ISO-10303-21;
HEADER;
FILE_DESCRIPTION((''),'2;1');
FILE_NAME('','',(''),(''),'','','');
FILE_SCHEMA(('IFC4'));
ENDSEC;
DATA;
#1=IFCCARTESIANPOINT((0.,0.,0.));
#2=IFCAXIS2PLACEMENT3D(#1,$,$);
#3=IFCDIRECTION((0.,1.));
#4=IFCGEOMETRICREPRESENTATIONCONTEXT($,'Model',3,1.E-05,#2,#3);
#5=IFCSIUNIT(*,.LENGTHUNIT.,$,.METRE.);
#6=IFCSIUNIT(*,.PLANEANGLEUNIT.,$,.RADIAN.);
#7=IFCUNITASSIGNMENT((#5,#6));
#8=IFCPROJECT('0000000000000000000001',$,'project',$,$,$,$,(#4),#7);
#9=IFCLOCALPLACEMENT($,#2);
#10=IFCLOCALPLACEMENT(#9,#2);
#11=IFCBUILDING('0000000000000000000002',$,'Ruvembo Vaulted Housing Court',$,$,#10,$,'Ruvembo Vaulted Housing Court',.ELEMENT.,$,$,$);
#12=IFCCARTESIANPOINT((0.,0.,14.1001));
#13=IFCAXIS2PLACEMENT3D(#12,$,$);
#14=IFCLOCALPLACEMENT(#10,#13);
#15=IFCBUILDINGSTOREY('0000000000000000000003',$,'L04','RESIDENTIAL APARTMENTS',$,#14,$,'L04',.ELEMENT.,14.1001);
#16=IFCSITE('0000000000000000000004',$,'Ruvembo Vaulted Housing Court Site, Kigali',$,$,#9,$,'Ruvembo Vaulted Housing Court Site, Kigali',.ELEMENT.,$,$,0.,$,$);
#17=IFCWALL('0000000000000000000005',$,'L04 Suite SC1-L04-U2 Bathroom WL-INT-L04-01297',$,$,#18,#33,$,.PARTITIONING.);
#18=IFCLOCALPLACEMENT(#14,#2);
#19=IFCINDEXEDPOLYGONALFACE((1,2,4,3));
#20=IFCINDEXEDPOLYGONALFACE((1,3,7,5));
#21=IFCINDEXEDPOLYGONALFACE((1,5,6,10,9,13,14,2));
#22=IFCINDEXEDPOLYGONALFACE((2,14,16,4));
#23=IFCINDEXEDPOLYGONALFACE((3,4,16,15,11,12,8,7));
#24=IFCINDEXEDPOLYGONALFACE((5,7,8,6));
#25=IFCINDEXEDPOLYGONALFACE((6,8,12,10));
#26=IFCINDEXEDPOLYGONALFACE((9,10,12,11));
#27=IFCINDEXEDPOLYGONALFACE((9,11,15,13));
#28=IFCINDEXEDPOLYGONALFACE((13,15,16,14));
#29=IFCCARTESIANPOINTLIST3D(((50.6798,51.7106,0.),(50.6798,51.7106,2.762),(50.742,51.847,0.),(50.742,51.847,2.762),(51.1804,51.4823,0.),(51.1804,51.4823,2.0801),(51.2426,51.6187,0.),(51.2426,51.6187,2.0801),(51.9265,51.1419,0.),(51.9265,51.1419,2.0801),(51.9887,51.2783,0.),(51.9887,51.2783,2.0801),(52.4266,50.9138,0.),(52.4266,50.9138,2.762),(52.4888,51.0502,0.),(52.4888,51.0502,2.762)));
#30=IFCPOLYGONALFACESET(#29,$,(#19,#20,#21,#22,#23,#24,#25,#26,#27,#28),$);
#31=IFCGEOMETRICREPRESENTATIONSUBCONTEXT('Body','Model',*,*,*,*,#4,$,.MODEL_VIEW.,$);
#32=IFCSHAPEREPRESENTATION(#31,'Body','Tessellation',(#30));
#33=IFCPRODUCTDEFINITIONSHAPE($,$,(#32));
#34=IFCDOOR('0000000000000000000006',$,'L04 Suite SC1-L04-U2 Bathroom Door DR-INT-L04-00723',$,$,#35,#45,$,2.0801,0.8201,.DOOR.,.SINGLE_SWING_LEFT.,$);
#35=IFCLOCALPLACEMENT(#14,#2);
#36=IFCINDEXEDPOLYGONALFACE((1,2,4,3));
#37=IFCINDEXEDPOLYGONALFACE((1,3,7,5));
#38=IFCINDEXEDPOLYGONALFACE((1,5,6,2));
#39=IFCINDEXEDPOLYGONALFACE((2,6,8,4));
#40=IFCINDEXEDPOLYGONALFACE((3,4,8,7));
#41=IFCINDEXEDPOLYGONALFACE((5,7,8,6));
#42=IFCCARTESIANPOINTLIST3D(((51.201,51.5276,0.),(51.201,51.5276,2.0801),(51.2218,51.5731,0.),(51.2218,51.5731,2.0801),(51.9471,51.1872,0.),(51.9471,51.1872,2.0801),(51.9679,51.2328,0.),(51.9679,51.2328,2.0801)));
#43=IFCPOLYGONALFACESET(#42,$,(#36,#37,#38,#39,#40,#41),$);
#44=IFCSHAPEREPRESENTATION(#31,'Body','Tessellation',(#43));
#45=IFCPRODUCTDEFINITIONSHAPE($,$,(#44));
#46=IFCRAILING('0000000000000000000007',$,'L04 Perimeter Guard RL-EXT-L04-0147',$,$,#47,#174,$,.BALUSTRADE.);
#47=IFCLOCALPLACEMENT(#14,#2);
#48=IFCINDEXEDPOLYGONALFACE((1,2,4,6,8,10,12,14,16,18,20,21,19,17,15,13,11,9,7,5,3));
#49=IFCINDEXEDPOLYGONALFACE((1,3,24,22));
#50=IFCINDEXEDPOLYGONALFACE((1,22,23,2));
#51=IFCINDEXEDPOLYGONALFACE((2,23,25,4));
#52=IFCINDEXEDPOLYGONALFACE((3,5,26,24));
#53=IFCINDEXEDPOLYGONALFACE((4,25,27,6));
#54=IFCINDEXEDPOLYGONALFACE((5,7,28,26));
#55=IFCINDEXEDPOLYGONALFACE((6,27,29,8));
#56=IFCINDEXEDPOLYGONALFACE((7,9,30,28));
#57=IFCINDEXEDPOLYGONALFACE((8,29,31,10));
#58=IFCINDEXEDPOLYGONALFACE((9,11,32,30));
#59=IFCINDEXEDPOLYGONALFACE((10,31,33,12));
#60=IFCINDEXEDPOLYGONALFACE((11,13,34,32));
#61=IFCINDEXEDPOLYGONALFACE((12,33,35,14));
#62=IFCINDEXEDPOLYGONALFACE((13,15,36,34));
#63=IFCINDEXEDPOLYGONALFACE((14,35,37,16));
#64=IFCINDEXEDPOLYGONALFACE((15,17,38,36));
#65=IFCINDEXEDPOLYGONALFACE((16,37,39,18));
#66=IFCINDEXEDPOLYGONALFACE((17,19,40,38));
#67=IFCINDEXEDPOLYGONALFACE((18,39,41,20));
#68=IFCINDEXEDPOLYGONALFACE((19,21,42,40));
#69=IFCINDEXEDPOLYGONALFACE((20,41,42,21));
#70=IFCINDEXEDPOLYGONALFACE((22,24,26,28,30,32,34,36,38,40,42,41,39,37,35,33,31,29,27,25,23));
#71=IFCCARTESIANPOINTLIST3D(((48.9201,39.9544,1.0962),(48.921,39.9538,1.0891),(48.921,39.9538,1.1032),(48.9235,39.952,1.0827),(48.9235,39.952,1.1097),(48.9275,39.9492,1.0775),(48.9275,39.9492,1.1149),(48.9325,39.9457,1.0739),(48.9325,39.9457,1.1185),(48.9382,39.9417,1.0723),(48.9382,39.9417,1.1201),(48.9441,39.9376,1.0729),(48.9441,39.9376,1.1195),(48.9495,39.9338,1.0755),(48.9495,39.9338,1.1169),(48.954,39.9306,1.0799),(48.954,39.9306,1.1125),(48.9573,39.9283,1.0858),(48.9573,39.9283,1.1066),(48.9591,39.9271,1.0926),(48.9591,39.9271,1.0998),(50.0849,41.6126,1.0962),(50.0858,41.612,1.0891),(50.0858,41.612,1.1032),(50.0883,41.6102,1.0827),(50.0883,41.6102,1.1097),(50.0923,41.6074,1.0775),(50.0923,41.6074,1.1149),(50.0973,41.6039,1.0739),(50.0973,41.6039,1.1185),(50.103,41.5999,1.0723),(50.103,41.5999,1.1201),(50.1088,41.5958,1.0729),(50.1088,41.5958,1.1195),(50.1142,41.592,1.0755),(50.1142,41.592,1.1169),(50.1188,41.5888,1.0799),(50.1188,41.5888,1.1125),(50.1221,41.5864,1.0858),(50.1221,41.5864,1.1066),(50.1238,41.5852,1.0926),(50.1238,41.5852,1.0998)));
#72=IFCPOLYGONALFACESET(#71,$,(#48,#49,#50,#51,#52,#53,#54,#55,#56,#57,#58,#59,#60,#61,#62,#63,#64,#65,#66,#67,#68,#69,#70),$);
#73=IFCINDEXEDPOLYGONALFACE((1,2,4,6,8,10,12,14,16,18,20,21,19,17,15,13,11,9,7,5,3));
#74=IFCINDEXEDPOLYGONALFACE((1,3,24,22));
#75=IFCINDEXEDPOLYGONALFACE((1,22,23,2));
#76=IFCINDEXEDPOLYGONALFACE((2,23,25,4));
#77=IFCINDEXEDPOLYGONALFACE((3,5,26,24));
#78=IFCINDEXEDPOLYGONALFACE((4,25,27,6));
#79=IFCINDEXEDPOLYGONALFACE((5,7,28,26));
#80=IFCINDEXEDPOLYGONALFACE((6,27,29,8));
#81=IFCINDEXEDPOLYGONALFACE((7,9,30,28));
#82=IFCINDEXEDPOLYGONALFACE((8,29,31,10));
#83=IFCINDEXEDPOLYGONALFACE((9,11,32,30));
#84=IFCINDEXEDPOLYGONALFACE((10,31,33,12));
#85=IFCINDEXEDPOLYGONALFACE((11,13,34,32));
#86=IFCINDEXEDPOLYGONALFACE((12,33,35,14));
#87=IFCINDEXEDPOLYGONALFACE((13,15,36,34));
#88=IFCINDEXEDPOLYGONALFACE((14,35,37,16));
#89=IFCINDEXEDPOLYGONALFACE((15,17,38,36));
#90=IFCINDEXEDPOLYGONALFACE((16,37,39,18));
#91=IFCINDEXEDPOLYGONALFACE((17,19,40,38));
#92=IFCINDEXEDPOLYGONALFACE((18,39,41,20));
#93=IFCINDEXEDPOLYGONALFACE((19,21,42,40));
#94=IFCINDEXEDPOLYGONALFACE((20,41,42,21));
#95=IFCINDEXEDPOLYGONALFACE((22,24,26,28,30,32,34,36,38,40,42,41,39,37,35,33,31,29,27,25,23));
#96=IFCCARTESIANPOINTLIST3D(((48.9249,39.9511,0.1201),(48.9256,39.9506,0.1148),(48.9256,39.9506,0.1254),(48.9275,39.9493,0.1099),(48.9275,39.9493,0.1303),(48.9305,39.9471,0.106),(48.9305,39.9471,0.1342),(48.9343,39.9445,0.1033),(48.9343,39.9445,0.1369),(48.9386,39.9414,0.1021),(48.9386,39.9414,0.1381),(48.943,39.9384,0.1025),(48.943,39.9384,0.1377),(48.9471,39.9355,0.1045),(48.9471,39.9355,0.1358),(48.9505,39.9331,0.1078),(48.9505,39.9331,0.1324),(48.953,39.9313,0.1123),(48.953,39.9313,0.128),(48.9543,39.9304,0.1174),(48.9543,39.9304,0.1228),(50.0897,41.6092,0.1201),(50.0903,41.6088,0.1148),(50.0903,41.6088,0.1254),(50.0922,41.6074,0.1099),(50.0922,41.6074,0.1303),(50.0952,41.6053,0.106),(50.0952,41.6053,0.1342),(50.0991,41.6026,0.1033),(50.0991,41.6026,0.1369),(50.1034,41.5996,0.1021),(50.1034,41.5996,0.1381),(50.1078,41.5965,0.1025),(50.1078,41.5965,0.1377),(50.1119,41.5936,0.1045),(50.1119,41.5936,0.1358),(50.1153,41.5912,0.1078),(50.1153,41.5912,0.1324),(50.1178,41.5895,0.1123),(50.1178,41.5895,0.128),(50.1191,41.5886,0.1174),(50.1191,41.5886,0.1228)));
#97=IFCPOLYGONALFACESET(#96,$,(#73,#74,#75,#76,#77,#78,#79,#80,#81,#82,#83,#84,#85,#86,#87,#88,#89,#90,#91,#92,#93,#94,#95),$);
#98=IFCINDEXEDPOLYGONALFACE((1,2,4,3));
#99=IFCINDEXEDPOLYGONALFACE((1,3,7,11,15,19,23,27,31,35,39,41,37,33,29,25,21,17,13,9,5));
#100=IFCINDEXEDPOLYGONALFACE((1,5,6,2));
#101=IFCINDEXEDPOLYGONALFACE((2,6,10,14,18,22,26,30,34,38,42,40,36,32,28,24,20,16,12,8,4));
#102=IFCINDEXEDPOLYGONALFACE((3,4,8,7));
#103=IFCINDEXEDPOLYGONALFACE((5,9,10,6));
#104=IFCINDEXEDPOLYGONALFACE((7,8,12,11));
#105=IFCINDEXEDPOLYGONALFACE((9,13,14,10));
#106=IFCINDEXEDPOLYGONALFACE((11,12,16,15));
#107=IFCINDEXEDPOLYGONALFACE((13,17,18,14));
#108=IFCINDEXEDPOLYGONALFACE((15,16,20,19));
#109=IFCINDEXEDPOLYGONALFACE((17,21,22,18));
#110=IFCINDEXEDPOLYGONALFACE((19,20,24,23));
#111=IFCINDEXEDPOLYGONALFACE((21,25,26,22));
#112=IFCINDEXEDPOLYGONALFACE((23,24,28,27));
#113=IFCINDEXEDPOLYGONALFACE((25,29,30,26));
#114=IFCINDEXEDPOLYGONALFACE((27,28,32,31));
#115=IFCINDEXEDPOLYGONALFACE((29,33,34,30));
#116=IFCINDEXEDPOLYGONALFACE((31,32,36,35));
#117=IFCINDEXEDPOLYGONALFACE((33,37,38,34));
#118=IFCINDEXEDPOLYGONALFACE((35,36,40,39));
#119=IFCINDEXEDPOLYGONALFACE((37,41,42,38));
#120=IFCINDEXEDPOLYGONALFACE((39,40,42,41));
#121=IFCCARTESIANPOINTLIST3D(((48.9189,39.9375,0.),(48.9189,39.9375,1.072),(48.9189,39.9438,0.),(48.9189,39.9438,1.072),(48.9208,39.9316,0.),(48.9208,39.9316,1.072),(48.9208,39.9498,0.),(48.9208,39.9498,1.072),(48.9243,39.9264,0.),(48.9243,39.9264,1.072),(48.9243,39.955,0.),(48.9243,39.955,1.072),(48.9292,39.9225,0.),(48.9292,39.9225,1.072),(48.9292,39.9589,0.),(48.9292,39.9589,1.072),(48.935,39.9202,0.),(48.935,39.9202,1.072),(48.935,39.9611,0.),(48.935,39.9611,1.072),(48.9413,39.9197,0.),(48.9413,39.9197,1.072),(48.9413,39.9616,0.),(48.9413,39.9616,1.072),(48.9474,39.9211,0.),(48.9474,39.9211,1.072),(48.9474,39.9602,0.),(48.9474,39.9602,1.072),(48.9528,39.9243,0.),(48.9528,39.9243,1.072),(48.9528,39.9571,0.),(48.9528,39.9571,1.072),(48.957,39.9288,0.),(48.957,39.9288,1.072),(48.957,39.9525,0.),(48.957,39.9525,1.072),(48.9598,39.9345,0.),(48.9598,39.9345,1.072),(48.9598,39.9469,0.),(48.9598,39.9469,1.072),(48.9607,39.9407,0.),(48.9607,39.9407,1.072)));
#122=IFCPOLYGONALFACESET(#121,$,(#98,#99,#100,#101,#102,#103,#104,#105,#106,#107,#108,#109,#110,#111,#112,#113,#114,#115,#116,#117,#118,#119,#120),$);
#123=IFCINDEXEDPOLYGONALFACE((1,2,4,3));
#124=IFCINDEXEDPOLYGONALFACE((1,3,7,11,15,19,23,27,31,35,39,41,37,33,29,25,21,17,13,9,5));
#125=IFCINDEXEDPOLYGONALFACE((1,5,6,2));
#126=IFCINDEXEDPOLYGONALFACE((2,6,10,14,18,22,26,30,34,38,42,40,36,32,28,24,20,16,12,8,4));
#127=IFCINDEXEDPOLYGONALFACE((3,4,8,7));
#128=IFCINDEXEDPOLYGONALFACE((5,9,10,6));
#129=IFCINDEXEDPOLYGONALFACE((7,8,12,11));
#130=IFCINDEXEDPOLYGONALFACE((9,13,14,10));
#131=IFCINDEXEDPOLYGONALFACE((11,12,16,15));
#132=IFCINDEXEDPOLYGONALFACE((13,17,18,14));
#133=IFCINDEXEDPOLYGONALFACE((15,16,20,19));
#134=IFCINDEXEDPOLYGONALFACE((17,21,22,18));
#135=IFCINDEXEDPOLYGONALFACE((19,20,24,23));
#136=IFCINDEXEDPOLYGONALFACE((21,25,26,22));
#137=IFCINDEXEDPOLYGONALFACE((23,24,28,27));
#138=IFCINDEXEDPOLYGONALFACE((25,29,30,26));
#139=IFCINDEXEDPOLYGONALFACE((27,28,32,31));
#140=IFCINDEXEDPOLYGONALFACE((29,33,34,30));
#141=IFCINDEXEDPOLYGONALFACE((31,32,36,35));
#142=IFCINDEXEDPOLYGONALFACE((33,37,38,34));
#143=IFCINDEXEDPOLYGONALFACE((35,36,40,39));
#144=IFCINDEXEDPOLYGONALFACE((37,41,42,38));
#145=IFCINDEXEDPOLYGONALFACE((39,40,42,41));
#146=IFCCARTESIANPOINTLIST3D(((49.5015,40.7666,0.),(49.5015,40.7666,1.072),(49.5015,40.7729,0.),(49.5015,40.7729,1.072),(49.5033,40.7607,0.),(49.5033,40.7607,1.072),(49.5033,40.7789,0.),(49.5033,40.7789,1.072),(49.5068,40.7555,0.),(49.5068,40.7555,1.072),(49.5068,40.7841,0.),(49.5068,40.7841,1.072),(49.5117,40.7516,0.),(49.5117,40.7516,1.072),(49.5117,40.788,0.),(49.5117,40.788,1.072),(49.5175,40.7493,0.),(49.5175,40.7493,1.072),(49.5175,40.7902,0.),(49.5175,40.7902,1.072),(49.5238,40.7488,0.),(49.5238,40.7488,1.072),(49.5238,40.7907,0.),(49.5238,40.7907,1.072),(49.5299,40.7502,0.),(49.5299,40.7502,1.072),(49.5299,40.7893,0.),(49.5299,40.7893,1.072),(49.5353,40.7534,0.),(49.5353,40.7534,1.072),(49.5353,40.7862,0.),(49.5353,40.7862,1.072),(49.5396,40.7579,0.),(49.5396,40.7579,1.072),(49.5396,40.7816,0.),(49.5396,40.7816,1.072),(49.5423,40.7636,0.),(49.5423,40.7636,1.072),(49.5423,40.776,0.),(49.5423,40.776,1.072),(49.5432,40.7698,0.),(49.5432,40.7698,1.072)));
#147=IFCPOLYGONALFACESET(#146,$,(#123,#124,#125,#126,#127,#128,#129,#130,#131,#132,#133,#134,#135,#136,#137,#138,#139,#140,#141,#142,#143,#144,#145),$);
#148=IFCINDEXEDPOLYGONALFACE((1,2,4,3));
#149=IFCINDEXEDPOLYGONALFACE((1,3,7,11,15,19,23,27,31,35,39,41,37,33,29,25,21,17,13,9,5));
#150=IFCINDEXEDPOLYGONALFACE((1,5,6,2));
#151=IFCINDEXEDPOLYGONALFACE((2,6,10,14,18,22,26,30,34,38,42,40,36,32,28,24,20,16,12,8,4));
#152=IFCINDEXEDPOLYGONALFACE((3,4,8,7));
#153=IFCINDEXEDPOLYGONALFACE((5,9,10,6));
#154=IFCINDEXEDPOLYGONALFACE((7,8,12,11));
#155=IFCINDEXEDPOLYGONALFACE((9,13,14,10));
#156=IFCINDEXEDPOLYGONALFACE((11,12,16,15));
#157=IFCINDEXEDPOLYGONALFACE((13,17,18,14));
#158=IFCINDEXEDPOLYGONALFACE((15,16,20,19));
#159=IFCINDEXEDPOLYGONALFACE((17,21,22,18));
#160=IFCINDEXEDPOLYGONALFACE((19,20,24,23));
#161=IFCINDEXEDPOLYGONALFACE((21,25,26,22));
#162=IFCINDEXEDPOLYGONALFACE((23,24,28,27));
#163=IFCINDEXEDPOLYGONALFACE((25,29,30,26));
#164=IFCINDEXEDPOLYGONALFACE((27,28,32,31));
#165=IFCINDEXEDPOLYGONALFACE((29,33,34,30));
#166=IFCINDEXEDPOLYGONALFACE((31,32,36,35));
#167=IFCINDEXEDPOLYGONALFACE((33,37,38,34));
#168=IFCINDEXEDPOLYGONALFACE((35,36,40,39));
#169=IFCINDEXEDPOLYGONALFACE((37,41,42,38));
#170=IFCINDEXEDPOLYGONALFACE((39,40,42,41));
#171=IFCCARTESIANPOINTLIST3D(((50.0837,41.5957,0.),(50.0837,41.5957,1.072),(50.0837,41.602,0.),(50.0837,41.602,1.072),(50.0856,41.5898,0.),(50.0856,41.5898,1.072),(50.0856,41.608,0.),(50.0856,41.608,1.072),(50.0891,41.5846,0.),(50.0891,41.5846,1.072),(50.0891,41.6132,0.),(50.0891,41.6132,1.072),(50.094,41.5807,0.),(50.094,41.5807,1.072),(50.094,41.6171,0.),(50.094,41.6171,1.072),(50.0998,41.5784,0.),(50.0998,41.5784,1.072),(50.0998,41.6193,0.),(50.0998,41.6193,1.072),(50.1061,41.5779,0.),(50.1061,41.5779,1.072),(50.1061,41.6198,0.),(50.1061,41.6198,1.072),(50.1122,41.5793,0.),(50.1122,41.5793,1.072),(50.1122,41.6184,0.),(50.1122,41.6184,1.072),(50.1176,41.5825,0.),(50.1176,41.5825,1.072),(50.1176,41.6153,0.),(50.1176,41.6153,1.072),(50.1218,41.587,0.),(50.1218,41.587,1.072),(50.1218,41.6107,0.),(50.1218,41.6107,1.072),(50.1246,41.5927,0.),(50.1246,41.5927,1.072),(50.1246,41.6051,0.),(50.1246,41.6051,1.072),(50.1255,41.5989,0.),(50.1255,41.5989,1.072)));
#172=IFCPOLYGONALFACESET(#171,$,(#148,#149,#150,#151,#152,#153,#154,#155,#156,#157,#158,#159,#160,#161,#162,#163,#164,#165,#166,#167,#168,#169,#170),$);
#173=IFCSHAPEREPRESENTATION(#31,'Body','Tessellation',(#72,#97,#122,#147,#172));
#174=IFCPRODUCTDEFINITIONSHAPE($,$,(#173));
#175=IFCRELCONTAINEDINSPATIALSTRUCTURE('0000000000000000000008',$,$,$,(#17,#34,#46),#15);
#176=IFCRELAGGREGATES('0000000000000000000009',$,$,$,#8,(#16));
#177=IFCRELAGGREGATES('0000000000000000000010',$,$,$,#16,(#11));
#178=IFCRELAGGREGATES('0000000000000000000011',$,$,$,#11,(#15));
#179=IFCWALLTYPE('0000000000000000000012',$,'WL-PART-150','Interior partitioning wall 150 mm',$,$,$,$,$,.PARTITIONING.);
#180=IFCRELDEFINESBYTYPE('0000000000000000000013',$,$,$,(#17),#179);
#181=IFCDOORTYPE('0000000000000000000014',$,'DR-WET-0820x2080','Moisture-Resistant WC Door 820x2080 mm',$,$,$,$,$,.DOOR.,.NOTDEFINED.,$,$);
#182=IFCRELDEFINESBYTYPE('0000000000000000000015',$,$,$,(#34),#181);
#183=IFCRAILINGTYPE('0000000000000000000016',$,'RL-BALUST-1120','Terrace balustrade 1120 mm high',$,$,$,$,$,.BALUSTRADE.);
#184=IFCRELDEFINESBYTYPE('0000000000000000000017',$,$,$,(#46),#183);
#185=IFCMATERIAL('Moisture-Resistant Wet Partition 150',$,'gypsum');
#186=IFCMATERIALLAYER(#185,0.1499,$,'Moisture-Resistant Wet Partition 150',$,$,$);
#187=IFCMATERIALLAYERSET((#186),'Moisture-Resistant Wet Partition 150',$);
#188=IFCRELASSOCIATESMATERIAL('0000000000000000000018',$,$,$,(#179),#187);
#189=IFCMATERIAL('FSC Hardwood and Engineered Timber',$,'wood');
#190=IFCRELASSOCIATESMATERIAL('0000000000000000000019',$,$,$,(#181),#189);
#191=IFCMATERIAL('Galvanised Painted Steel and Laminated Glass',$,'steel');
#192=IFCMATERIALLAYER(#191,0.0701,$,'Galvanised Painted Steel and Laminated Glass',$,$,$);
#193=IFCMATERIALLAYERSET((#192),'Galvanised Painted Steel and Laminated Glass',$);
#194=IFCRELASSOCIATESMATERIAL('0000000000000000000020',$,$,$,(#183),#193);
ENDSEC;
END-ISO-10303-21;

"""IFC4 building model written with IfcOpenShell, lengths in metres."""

from ifc_helpers import new_model, si_unit, direction, frame, frame_2d, origin, origin_2d, place, context, subcontext, project, spatial, rectangle, circle, extrude, material, layer, layer_set, type_object, element, fill, save


model = new_model("IFC4")

# Units and contexts
model_context = context("Model", 3, precision=1e-05, world=origin(), true_north=direction((0.0, 1.0)))
body_context = subcontext(model_context, "Body", "Model", "MODEL_VIEW")
ifc_project = project(units=[si_unit("LENGTHUNIT", "METRE"), si_unit("PLANEANGLEUNIT", "RADIAN")], contexts=[model_context])

# Site, building, storey
site_placement = place(None, origin())
site = spatial("IfcSite", under=ifc_project, at=site_placement, Name="Ruvembo Vaulted Housing Court Site, Kigali", LongName="Ruvembo Vaulted Housing Court Site, Kigali", CompositionType="ELEMENT", RefElevation=0.0)
building_placement = place(site_placement, origin())
building = spatial("IfcBuilding", under=site, at=building_placement, Name="Ruvembo Vaulted Housing Court", LongName="Ruvembo Vaulted Housing Court", CompositionType="ELEMENT")
storey_placement = place(building_placement, frame((0.0, 0.0, 14.1001)))
storey = spatial("IfcBuildingStorey", under=building, at=storey_placement, Name="L04", Description="RESIDENTIAL APARTMENTS", LongName="L04", CompositionType="ELEMENT", Elevation=14.1001)

# Wall, opening, door
ifc_material_1 = material(Name="FSC Hardwood and Engineered Timber", Category="wood")
ifc_material_2 = material(Name="Moisture-Resistant Wet Partition 150", Category="gypsum")
ifc_layer_1 = layer(ifc_material_2, 0.1499, Name="Moisture-Resistant Wet Partition 150")
ifc_layer_set_1 = layer_set([ifc_layer_1], Name="Moisture-Resistant Wet Partition 150")
wall_type_1 = type_object("IfcWallType", Name="WL-PART-150", Description="Interior partitioning wall 150 mm", PredefinedType="PARTITIONING", material=ifc_layer_set_1)
wall_1_placement = place(storey_placement, frame((50.7109, 51.7788, 0.0), z_axis=(0.0, 0.0, 1.0), x_axis=(0.909804, -0.415038, 0.0)))
wall_1 = element("IfcWall", 1, at=wall_1_placement, inside=storey, type_object=wall_type_1, Name="L04 Suite SC1-L04-U2 Bathroom WL-INT-L04-01297", PredefinedType="PARTITIONING", context=body_context, shape_type="SweptSolid", body=[
    extrude(rectangle(XDim=1.9199, YDim=0.1499, at=frame_2d((0.96, 0.0))), origin(), (0.0, 0.0, 1.0), 2.762),
])
opening_1_placement = place(wall_1_placement, frame((0.55, 0.0, 0.0)))
opening_1 = element("IfcOpeningElement", 2, at=opening_1_placement, cuts=wall_1, PredefinedType="OPENING", context=body_context, shape_type="SweptSolid", body=[
    extrude(rectangle(XDim=0.8201, YDim=2.0801, at=frame_2d((0.4102, 1.04))), frame((0.0, 0.085, 0.0), z_axis=(0.0, -1.0, 0.0), x_axis=(1.0, 0.0, 0.0)), (0.0, 0.0, 1.0), 0.1699),
])
door_type_1 = type_object("IfcDoorType", Name="DR-WET-0820x2080", Description="Moisture-Resistant WC Door 820x2080 mm", OperationType="NOTDEFINED", PredefinedType="DOOR", material=ifc_material_1)
door_1_placement = place(opening_1_placement, origin())
door_1 = element("IfcDoor", 3, at=door_1_placement, inside=storey, type_object=door_type_1, Name="L04 Suite SC1-L04-U2 Bathroom Door DR-INT-L04-00723", OperationType="SINGLE_SWING_LEFT", OverallHeight=2.0801, OverallWidth=0.8201, PredefinedType="DOOR", context=body_context, shape_type="SweptSolid", body=[
    extrude(rectangle(XDim=0.8201, YDim=2.0801, at=frame_2d((0.4102, 1.04))), frame((0.0, 0.0249, 0.0), z_axis=(0.0, -1.0, 0.0), x_axis=(1.0, 0.0, 0.0)), (0.0, 0.0, 1.0), 0.05),
])
fill(opening_1, door_1)

# Railing
ifc_material_3 = material(Name="Galvanised Painted Steel and Laminated Glass", Category="steel")
ifc_layer_2 = layer(ifc_material_3, 0.0701, Name="Galvanised Painted Steel and Laminated Glass")
ifc_layer_set_2 = layer_set([ifc_layer_2], Name="Galvanised Painted Steel and Laminated Glass")
railing_type = type_object("IfcRailingType", Name="RL-BALUST-1120", Description="Terrace balustrade 1120 mm high", PredefinedType="BALUSTRADE", material=ifc_layer_set_2)
railing_1_placement = place(storey_placement, frame((48.9397, 39.9407, 0.0)))
element("IfcRailing", 4, at=railing_1_placement, inside=storey, type_object=railing_type, Name="L04 Perimeter Guard RL-EXT-L04-0147", PredefinedType="BALUSTRADE", context=body_context, shape_type="SweptSolid", body=[
    extrude(circle(Radius=0.0239, at=origin_2d()), frame((0.0, 0.0, 1.0962), z_axis=(0.574804, 0.818291, 0.0), x_axis=(-0.818291, 0.574804, 0.0)), (0.0, 0.0, 1.0), 2.0264),
    extrude(circle(Radius=0.0181, at=origin_2d()), frame((0.0, 0.0, 0.1201), z_axis=(0.574804, 0.818291, 0.0), x_axis=(-0.818291, 0.574804, 0.0)), (0.0, 0.0, 1.0), 2.0264),
    extrude(circle(Radius=0.021, at=origin_2d()), origin(), (0.0, 0.0, 1.0), 1.072),
    extrude(circle(Radius=0.021, at=origin_2d()), frame((0.5825, 0.8291, 0.0)), (0.0, 0.0, 1.0), 1.072),
    extrude(circle(Radius=0.021, at=origin_2d()), frame((1.1648, 1.6582, 0.0)), (0.0, 0.0, 1.0), 1.072),
])

save(model, "model.ifc")
